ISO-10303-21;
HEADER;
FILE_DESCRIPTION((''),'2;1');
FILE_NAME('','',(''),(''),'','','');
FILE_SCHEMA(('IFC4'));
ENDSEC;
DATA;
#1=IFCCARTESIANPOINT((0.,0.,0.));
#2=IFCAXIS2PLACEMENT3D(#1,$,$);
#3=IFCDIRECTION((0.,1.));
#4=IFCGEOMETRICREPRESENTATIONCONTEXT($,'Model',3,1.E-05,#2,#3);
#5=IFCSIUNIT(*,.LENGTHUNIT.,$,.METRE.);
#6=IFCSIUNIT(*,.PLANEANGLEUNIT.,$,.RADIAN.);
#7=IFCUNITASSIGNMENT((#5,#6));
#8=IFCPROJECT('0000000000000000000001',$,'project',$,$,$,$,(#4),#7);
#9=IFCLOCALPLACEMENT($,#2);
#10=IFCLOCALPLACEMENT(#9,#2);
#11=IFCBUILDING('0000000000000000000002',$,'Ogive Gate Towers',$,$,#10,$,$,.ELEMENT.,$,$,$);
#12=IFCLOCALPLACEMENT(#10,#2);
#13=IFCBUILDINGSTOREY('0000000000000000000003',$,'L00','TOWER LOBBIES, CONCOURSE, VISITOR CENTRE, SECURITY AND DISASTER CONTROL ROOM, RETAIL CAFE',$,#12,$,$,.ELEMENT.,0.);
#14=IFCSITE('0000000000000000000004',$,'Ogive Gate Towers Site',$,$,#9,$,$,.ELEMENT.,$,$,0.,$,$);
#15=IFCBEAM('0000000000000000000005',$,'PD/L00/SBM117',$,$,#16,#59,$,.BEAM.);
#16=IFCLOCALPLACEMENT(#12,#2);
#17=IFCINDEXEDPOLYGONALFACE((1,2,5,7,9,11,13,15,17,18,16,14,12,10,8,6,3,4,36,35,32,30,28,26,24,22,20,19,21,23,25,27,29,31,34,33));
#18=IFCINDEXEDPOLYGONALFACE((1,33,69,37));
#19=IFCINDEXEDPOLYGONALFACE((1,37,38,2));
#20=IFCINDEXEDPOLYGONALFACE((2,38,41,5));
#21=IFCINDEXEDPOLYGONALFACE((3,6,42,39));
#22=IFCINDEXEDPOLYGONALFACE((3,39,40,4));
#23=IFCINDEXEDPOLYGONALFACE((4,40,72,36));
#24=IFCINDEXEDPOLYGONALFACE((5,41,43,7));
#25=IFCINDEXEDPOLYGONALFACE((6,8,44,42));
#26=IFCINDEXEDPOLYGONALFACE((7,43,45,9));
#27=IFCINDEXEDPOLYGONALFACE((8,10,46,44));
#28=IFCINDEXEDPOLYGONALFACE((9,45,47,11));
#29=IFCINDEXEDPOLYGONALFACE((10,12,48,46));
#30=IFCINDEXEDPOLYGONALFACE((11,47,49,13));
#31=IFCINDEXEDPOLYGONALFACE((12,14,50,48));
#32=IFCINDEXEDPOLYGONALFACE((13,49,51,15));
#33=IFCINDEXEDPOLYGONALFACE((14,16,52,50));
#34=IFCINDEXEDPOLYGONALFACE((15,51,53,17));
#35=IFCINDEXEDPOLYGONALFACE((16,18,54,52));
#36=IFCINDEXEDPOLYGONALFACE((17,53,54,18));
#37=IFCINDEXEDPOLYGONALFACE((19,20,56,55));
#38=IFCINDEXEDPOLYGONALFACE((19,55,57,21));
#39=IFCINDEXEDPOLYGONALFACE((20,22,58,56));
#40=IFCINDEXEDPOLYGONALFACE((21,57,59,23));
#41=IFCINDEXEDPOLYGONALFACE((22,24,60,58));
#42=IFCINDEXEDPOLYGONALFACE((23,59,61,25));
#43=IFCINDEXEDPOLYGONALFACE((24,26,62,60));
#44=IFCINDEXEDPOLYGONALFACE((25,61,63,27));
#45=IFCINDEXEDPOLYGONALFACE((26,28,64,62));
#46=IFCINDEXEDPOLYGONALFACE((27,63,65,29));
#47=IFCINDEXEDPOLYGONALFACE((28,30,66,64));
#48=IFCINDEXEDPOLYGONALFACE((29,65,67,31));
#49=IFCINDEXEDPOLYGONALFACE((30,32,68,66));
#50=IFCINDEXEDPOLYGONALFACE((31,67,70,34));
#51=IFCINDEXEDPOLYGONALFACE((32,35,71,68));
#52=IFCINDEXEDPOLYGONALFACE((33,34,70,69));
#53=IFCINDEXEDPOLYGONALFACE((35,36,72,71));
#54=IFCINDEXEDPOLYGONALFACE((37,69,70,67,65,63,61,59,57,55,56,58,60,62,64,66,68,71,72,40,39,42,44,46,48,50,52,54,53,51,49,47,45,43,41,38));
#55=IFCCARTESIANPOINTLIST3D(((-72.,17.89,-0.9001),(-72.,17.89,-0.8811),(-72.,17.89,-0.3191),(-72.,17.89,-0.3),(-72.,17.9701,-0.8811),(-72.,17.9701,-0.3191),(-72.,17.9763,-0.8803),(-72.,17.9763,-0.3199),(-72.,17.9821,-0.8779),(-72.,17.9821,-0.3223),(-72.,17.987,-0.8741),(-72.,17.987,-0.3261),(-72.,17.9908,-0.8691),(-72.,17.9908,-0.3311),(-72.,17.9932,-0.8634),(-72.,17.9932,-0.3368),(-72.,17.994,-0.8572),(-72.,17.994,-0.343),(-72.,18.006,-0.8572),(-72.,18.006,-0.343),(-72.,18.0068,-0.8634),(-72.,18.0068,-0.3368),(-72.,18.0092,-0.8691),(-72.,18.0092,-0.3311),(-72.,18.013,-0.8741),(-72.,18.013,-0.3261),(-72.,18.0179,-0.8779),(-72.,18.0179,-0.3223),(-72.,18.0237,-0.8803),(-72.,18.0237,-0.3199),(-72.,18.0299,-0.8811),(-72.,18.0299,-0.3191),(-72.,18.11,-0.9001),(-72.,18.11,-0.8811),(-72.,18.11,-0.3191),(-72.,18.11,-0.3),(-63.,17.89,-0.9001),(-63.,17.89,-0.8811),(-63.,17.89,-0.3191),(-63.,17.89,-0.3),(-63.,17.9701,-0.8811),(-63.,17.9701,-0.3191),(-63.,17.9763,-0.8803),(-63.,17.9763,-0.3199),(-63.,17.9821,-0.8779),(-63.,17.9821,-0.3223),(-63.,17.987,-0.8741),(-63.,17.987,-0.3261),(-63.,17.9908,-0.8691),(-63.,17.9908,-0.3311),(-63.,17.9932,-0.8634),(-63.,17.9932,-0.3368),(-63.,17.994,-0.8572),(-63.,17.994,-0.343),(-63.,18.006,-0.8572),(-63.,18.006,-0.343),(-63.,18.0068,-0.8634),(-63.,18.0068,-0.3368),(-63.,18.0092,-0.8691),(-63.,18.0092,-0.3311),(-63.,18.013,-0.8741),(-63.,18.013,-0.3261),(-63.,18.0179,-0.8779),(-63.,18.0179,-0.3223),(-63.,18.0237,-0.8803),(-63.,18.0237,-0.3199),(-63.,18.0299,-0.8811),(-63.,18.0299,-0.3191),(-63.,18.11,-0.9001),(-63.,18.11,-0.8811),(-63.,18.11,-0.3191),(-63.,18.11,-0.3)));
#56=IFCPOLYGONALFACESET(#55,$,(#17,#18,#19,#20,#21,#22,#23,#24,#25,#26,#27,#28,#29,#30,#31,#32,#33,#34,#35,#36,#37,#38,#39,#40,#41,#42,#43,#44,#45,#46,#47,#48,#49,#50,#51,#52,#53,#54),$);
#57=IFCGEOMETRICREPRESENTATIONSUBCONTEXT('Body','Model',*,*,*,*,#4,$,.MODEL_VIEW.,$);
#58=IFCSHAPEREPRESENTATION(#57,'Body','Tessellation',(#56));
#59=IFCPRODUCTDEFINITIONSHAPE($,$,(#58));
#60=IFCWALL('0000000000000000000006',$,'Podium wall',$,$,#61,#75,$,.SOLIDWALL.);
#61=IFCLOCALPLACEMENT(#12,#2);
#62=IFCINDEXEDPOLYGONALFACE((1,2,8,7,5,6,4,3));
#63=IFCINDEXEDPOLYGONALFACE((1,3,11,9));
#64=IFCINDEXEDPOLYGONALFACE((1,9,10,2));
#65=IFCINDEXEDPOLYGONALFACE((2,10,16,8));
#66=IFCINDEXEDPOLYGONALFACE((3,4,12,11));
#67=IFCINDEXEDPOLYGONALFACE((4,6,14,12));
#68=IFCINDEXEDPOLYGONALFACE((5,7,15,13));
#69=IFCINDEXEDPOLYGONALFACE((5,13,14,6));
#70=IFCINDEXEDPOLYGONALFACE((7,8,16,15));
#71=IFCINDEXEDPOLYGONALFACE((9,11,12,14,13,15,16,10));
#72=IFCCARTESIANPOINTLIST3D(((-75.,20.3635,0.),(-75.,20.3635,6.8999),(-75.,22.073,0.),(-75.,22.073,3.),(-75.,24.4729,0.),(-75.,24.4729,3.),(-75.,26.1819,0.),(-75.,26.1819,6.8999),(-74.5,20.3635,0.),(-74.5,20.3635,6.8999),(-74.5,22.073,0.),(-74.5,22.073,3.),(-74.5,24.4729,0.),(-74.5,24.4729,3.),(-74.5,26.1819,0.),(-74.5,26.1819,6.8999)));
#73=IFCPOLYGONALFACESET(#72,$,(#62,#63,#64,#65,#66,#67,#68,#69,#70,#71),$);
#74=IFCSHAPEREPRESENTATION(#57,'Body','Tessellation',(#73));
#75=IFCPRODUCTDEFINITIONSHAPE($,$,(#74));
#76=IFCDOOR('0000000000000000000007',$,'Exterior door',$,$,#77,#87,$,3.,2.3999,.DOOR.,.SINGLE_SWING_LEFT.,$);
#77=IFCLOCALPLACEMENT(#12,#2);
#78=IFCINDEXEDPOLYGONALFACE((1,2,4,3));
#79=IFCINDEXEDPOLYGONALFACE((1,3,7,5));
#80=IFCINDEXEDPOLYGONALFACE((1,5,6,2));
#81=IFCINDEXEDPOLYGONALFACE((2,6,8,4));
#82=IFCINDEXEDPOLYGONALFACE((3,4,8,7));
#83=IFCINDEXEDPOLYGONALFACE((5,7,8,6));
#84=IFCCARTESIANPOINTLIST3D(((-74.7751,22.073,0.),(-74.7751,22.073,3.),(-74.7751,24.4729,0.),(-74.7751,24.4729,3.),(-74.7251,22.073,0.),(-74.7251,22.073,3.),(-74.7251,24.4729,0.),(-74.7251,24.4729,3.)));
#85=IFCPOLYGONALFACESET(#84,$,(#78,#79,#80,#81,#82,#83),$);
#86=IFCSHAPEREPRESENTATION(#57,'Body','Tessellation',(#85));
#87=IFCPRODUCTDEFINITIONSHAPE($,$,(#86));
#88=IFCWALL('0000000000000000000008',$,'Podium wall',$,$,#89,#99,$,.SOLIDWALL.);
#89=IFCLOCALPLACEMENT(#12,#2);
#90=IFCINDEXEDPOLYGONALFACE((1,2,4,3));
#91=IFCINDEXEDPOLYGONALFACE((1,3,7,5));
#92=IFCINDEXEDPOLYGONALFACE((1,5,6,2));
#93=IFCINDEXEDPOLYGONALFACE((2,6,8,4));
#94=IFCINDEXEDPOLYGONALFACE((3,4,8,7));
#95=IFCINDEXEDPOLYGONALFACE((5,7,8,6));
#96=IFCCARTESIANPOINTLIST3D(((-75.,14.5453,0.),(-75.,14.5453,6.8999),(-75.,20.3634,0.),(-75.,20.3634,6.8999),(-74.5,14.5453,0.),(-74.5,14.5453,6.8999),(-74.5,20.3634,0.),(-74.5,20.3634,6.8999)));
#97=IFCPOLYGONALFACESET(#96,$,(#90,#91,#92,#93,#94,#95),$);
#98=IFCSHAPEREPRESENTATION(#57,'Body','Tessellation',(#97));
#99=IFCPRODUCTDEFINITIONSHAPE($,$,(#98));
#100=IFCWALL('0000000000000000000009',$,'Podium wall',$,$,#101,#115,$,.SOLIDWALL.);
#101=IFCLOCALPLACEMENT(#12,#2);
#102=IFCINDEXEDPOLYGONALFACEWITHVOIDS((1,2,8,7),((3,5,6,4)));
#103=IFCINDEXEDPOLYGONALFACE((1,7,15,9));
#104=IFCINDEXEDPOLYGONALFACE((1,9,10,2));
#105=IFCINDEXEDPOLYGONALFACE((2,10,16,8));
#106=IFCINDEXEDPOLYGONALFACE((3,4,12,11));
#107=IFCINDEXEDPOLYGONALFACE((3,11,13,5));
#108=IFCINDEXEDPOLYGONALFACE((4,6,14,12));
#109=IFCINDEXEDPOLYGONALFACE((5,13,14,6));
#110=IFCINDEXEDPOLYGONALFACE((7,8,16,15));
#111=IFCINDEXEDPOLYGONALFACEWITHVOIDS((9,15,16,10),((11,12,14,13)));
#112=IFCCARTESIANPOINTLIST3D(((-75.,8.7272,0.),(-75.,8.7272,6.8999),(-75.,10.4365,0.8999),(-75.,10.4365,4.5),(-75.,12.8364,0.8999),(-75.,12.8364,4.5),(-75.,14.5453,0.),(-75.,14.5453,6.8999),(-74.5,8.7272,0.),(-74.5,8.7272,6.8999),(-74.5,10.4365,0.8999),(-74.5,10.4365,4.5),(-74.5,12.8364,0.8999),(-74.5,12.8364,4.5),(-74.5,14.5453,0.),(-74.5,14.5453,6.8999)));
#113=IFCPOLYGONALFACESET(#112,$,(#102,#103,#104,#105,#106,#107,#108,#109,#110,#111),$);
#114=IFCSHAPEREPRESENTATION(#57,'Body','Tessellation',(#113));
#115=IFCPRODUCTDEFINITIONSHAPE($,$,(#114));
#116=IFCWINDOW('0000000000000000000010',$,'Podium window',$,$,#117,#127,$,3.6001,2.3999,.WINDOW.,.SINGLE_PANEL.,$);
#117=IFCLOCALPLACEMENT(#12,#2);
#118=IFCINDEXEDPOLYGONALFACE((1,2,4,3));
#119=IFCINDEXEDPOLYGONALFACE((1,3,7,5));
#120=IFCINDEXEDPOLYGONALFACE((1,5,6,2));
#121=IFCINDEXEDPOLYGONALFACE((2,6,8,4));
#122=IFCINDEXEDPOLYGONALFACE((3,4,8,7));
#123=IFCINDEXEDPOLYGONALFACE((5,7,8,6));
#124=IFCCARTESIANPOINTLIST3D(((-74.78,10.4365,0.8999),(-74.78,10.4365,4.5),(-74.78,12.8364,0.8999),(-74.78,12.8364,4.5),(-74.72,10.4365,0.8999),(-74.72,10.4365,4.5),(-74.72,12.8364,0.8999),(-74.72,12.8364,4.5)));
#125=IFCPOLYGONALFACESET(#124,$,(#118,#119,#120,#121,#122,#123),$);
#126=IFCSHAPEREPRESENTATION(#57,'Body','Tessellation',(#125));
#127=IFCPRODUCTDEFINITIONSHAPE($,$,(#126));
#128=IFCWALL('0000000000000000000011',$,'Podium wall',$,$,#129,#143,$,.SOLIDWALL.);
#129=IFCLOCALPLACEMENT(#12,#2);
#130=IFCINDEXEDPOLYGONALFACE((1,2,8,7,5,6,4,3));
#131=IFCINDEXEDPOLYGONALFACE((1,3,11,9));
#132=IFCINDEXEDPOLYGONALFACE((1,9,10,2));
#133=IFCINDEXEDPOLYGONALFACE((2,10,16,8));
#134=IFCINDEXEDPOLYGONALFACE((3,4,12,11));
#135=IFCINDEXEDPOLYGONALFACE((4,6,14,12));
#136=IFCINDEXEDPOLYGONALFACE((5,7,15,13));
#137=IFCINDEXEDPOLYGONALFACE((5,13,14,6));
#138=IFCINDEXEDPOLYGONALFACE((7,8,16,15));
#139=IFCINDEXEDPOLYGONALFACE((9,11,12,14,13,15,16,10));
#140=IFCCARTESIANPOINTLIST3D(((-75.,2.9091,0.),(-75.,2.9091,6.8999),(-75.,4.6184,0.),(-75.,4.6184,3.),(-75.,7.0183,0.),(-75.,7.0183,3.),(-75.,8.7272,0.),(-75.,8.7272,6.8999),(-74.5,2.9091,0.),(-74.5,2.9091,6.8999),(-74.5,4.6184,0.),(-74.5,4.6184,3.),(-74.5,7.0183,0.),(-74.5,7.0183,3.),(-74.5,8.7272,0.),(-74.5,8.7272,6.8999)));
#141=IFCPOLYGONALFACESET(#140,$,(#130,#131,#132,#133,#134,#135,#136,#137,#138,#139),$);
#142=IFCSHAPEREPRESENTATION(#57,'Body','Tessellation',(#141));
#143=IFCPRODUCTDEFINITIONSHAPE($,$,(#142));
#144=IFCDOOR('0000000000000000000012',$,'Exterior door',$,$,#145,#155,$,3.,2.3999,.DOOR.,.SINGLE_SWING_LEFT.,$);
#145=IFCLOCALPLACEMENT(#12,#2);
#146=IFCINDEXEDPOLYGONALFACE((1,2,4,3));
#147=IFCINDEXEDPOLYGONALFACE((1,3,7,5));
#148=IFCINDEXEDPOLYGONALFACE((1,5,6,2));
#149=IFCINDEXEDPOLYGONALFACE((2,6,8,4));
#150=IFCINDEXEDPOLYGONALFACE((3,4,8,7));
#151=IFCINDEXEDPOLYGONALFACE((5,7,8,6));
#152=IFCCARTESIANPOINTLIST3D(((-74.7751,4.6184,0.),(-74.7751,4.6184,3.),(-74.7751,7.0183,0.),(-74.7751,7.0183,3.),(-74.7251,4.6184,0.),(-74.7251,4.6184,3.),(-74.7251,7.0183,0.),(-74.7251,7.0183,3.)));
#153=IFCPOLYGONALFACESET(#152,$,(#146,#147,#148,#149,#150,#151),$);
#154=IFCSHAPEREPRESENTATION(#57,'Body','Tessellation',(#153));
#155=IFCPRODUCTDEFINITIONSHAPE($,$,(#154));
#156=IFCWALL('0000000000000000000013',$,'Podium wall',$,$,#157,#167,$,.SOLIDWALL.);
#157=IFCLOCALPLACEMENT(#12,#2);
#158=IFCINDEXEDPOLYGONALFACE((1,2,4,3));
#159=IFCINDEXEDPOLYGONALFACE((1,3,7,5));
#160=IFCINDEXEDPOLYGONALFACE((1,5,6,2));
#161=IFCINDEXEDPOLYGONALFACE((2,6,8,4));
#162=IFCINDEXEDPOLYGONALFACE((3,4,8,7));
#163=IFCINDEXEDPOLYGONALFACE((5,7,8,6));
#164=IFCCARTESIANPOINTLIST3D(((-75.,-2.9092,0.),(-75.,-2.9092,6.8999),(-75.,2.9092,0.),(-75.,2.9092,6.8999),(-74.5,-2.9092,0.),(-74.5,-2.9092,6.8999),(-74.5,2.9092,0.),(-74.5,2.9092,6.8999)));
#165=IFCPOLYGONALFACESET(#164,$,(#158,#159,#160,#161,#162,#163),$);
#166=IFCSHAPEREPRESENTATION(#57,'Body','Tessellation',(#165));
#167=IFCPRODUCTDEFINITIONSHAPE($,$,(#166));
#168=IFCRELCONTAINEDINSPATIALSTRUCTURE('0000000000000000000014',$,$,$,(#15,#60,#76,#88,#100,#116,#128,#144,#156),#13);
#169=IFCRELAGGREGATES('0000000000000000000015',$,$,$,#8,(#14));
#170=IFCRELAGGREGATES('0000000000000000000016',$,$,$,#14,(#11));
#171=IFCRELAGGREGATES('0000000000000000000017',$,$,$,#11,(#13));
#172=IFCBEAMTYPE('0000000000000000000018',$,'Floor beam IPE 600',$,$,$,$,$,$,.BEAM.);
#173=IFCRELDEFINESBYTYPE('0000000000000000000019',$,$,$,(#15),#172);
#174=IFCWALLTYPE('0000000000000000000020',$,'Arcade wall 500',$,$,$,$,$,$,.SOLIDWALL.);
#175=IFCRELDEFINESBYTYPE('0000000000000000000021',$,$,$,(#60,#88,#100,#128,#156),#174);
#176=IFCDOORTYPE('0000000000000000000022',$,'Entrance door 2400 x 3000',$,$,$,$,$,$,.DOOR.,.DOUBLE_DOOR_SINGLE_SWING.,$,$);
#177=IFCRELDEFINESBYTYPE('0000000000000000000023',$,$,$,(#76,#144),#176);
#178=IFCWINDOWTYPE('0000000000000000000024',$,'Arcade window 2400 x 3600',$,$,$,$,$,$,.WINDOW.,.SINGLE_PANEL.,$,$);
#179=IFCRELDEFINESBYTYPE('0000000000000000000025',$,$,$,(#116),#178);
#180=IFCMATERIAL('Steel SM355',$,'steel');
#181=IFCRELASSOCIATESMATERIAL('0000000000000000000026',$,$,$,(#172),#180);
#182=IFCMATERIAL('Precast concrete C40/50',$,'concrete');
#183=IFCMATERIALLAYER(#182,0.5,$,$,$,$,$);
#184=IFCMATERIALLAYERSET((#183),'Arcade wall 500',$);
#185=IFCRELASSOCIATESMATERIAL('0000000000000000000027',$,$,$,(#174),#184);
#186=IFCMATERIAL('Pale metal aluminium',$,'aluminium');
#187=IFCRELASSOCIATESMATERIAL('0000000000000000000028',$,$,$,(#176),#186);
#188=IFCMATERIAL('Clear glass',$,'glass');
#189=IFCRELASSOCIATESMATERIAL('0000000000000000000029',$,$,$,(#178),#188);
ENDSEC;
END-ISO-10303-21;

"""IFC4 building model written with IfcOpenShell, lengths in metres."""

from ifc_helpers import new_model, si_unit, direction, frame, frame_2d, origin, origin_2d, place, context, subcontext, project, spatial, rectangle, i_section, extrude, material, layer, layer_set, material_profile, profile_set, type_object, element, fill, save


model = new_model("IFC4")

# Units and contexts
model_context = context("Model", 3, precision=1e-05, world=origin(), true_north=direction((0.0, 1.0)))
body_context = subcontext(model_context, "Body", "Model", "MODEL_VIEW")
ifc_project = project(units=[si_unit("LENGTHUNIT", "METRE"), si_unit("PLANEANGLEUNIT", "RADIAN")], contexts=[model_context])

# Site, building, storey
site_placement = place(None, origin())
site = spatial("IfcSite", under=ifc_project, at=site_placement, Name="Ogive Gate Towers Site", CompositionType="ELEMENT", RefElevation=0.0)
building_placement = place(site_placement, origin())
building = spatial("IfcBuilding", under=site, at=building_placement, Name="Ogive Gate Towers", CompositionType="ELEMENT")
storey_placement = place(building_placement, origin())
storey = spatial("IfcBuildingStorey", under=building, at=storey_placement, Name="L00", Description="TOWER LOBBIES, CONCOURSE, VISITOR CENTRE, SECURITY AND DISASTER CONTROL ROOM, RETAIL CAFE", CompositionType="ELEMENT", Elevation=0.0)

# Shared definitions
ifc_material_1 = material(Name="Precast concrete C40/50", Category="concrete")

# Beam
ifc_material_2 = material(Name="Steel SM355", Category="steel")
ifc_material_profile_1 = material_profile(ifc_material_2, i_section(OverallWidth=0.22, OverallDepth=0.6001, WebThickness=0.012, FlangeThickness=0.019, FilletRadius=0.0239, at=origin_2d()), Name="IPE 600")
ifc_profile_set_1 = profile_set([ifc_material_profile_1], Name="Steel SM355")
beam_type = type_object("IfcBeamType", Name="Floor beam IPE 600", PredefinedType="BEAM", material=ifc_profile_set_1)
for number, where, z_axis, x_axis, name in (
    (1, (-72.0, 18.0, -0.6001), (1.0, 0.0, 0.0), (0.0, 1.0, 0.0), "PD/L00/SBM117"),
):
    element("IfcBeam", number, at=place(storey_placement, frame(where, z_axis=z_axis, x_axis=x_axis)), inside=storey, type_object=beam_type, Name=name, PredefinedType="BEAM", context=body_context, shape_type="SweptSolid", body=[
        extrude(i_section(OverallWidth=0.22, OverallDepth=0.6001, WebThickness=0.012, FlangeThickness=0.019, FilletRadius=0.0239, at=origin_2d()), origin(), (0.0, 0.0, 1.0), 9.0),
    ])

# Wall, opening, door
ifc_layer_1 = layer(ifc_material_1, 0.5)
ifc_layer_set_1 = layer_set([ifc_layer_1], Name="Arcade wall 500")
wall_type_1 = type_object("IfcWallType", Name="Arcade wall 500", PredefinedType="SOLIDWALL", material=ifc_layer_set_1)
wall_1_placement = place(storey_placement, frame((-74.75, 26.1819, 0.0), z_axis=(0.0, 0.0, 1.0), x_axis=(0.0, -1.0, 0.0)))
wall_1 = element("IfcWall", 2, at=wall_1_placement, inside=storey, type_object=wall_type_1, Name="Podium wall", PredefinedType="SOLIDWALL", context=body_context, shape_type="SweptSolid", body=[
    extrude(rectangle(XDim=5.8184, YDim=0.5, at=frame_2d((2.9092, 0.0))), origin(), (0.0, 0.0, 1.0), 6.8999),
])
opening_1_placement = place(wall_1_placement, frame((1.709, 0.0, 0.0)))
opening_1 = element("IfcOpeningElement", 3, at=opening_1_placement, cuts=wall_1, PredefinedType="OPENING", context=body_context, shape_type="SweptSolid", body=[
    extrude(rectangle(XDim=2.3999, YDim=3.0, at=frame_2d((1.2, 1.5))), frame((0.0, 0.26, 0.0), z_axis=(0.0, -1.0, 0.0), x_axis=(1.0, 0.0, 0.0)), (0.0, 0.0, 1.0), 0.52),
])
ifc_material_3 = material(Name="Pale metal aluminium", Category="aluminium")
door_type_1 = type_object("IfcDoorType", Name="Entrance door 2400 x 3000", OperationType="DOUBLE_DOOR_SINGLE_SWING", PredefinedType="DOOR", material=ifc_material_3)
door_1_placement = place(opening_1_placement, origin())
door_1 = element("IfcDoor", 4, at=door_1_placement, inside=storey, type_object=door_type_1, Name="Exterior door", OperationType="SINGLE_SWING_LEFT", OverallHeight=3.0, OverallWidth=2.3999, PredefinedType="DOOR", context=body_context, shape_type="SweptSolid", body=[
    extrude(rectangle(XDim=2.3999, YDim=3.0, at=frame_2d((1.2, 1.5))), frame((0.0, 0.0249, 0.0), z_axis=(0.0, -1.0, 0.0), x_axis=(1.0, 0.0, 0.0)), (0.0, 0.0, 1.0), 0.05),
])
fill(opening_1, door_1)

# Wall
wall_2_placement = place(storey_placement, frame((-74.75, 20.3635, 0.0), z_axis=(0.0, 0.0, 1.0), x_axis=(0.0, -1.0, 0.0)))
element("IfcWall", 5, at=wall_2_placement, inside=storey, type_object=wall_type_1, Name="Podium wall", PredefinedType="SOLIDWALL", context=body_context, shape_type="SweptSolid", body=[
    extrude(rectangle(XDim=5.8181, YDim=0.5, at=frame_2d((2.9092, 0.0))), origin(), (0.0, 0.0, 1.0), 6.8999),
])

# Wall, opening, window
wall_3_placement = place(storey_placement, frame((-74.75, 14.5454, 0.0), z_axis=(0.0, 0.0, 1.0), x_axis=(0.0, -1.0, 0.0)))
wall_3 = element("IfcWall", 6, at=wall_3_placement, inside=storey, type_object=wall_type_1, Name="Podium wall", PredefinedType="SOLIDWALL", context=body_context, shape_type="SweptSolid", body=[
    extrude(rectangle(XDim=5.8181, YDim=0.5, at=frame_2d((2.9092, 0.0))), origin(), (0.0, 0.0, 1.0), 6.8999),
])
opening_2_placement = place(wall_3_placement, frame((1.709, 0.0, 0.8999)))
opening_2 = element("IfcOpeningElement", 7, at=opening_2_placement, cuts=wall_3, PredefinedType="OPENING", context=body_context, shape_type="SweptSolid", body=[
    extrude(rectangle(XDim=2.3999, YDim=3.6001, at=frame_2d((1.2, 1.8))), frame((0.0, 0.26, 0.0), z_axis=(0.0, -1.0, 0.0), x_axis=(1.0, 0.0, 0.0)), (0.0, 0.0, 1.0), 0.52),
])
ifc_material_4 = material(Name="Clear glass", Category="glass")
window_type = type_object("IfcWindowType", Name="Arcade window 2400 x 3600", PartitioningType="SINGLE_PANEL", PredefinedType="WINDOW", material=ifc_material_4)
window_placement = place(opening_2_placement, origin())
window = element("IfcWindow", 8, at=window_placement, inside=storey, type_object=window_type, Name="Podium window", OverallHeight=3.6001, OverallWidth=2.3999, PartitioningType="SINGLE_PANEL", PredefinedType="WINDOW", context=body_context, shape_type="SweptSolid", body=[
    extrude(rectangle(XDim=2.3999, YDim=3.6001, at=frame_2d((1.2, 1.8))), frame((0.0, 0.03, 0.0), z_axis=(0.0, -1.0, 0.0), x_axis=(1.0, 0.0, 0.0)), (0.0, 0.0, 1.0), 0.0601),
])
fill(opening_2, window)

# Wall, opening, door
wall_4_placement = place(storey_placement, frame((-74.75, 8.7273, 0.0), z_axis=(0.0, 0.0, 1.0), x_axis=(0.0, -1.0, 0.0)))
wall_4 = element("IfcWall", 9, at=wall_4_placement, inside=storey, type_object=wall_type_1, Name="Podium wall", PredefinedType="SOLIDWALL", context=body_context, shape_type="SweptSolid", body=[
    extrude(rectangle(XDim=5.8181, YDim=0.5, at=frame_2d((2.9092, 0.0))), origin(), (0.0, 0.0, 1.0), 6.8999),
])
opening_3_placement = place(wall_4_placement, frame((1.709, 0.0, 0.0)))
opening_3 = element("IfcOpeningElement", 10, at=opening_3_placement, cuts=wall_4, PredefinedType="OPENING", context=body_context, shape_type="SweptSolid", body=[
    extrude(rectangle(XDim=2.3999, YDim=3.0, at=frame_2d((1.2, 1.5))), frame((0.0, 0.26, 0.0), z_axis=(0.0, -1.0, 0.0), x_axis=(1.0, 0.0, 0.0)), (0.0, 0.0, 1.0), 0.52),
])
door_2_placement = place(opening_3_placement, origin())
door_2 = element("IfcDoor", 11, at=door_2_placement, inside=storey, type_object=door_type_1, Name="Exterior door", OperationType="SINGLE_SWING_LEFT", OverallHeight=3.0, OverallWidth=2.3999, PredefinedType="DOOR", context=body_context, shape_type="SweptSolid", body=[
    extrude(rectangle(XDim=2.3999, YDim=3.0, at=frame_2d((1.2, 1.5))), frame((0.0, 0.0249, 0.0), z_axis=(0.0, -1.0, 0.0), x_axis=(1.0, 0.0, 0.0)), (0.0, 0.0, 1.0), 0.05),
])
fill(opening_3, door_2)

# Wall
wall_5_placement = place(storey_placement, frame((-74.75, 2.9092, 0.0), z_axis=(0.0, 0.0, 1.0), x_axis=(0.0, -1.0, 0.0)))
element("IfcWall", 12, at=wall_5_placement, inside=storey, type_object=wall_type_1, Name="Podium wall", PredefinedType="SOLIDWALL", context=body_context, shape_type="SweptSolid", body=[
    extrude(rectangle(XDim=5.8184, YDim=0.5, at=frame_2d((2.9092, 0.0))), origin(), (0.0, 0.0, 1.0), 6.8999),
])

save(model, "model.ifc")
